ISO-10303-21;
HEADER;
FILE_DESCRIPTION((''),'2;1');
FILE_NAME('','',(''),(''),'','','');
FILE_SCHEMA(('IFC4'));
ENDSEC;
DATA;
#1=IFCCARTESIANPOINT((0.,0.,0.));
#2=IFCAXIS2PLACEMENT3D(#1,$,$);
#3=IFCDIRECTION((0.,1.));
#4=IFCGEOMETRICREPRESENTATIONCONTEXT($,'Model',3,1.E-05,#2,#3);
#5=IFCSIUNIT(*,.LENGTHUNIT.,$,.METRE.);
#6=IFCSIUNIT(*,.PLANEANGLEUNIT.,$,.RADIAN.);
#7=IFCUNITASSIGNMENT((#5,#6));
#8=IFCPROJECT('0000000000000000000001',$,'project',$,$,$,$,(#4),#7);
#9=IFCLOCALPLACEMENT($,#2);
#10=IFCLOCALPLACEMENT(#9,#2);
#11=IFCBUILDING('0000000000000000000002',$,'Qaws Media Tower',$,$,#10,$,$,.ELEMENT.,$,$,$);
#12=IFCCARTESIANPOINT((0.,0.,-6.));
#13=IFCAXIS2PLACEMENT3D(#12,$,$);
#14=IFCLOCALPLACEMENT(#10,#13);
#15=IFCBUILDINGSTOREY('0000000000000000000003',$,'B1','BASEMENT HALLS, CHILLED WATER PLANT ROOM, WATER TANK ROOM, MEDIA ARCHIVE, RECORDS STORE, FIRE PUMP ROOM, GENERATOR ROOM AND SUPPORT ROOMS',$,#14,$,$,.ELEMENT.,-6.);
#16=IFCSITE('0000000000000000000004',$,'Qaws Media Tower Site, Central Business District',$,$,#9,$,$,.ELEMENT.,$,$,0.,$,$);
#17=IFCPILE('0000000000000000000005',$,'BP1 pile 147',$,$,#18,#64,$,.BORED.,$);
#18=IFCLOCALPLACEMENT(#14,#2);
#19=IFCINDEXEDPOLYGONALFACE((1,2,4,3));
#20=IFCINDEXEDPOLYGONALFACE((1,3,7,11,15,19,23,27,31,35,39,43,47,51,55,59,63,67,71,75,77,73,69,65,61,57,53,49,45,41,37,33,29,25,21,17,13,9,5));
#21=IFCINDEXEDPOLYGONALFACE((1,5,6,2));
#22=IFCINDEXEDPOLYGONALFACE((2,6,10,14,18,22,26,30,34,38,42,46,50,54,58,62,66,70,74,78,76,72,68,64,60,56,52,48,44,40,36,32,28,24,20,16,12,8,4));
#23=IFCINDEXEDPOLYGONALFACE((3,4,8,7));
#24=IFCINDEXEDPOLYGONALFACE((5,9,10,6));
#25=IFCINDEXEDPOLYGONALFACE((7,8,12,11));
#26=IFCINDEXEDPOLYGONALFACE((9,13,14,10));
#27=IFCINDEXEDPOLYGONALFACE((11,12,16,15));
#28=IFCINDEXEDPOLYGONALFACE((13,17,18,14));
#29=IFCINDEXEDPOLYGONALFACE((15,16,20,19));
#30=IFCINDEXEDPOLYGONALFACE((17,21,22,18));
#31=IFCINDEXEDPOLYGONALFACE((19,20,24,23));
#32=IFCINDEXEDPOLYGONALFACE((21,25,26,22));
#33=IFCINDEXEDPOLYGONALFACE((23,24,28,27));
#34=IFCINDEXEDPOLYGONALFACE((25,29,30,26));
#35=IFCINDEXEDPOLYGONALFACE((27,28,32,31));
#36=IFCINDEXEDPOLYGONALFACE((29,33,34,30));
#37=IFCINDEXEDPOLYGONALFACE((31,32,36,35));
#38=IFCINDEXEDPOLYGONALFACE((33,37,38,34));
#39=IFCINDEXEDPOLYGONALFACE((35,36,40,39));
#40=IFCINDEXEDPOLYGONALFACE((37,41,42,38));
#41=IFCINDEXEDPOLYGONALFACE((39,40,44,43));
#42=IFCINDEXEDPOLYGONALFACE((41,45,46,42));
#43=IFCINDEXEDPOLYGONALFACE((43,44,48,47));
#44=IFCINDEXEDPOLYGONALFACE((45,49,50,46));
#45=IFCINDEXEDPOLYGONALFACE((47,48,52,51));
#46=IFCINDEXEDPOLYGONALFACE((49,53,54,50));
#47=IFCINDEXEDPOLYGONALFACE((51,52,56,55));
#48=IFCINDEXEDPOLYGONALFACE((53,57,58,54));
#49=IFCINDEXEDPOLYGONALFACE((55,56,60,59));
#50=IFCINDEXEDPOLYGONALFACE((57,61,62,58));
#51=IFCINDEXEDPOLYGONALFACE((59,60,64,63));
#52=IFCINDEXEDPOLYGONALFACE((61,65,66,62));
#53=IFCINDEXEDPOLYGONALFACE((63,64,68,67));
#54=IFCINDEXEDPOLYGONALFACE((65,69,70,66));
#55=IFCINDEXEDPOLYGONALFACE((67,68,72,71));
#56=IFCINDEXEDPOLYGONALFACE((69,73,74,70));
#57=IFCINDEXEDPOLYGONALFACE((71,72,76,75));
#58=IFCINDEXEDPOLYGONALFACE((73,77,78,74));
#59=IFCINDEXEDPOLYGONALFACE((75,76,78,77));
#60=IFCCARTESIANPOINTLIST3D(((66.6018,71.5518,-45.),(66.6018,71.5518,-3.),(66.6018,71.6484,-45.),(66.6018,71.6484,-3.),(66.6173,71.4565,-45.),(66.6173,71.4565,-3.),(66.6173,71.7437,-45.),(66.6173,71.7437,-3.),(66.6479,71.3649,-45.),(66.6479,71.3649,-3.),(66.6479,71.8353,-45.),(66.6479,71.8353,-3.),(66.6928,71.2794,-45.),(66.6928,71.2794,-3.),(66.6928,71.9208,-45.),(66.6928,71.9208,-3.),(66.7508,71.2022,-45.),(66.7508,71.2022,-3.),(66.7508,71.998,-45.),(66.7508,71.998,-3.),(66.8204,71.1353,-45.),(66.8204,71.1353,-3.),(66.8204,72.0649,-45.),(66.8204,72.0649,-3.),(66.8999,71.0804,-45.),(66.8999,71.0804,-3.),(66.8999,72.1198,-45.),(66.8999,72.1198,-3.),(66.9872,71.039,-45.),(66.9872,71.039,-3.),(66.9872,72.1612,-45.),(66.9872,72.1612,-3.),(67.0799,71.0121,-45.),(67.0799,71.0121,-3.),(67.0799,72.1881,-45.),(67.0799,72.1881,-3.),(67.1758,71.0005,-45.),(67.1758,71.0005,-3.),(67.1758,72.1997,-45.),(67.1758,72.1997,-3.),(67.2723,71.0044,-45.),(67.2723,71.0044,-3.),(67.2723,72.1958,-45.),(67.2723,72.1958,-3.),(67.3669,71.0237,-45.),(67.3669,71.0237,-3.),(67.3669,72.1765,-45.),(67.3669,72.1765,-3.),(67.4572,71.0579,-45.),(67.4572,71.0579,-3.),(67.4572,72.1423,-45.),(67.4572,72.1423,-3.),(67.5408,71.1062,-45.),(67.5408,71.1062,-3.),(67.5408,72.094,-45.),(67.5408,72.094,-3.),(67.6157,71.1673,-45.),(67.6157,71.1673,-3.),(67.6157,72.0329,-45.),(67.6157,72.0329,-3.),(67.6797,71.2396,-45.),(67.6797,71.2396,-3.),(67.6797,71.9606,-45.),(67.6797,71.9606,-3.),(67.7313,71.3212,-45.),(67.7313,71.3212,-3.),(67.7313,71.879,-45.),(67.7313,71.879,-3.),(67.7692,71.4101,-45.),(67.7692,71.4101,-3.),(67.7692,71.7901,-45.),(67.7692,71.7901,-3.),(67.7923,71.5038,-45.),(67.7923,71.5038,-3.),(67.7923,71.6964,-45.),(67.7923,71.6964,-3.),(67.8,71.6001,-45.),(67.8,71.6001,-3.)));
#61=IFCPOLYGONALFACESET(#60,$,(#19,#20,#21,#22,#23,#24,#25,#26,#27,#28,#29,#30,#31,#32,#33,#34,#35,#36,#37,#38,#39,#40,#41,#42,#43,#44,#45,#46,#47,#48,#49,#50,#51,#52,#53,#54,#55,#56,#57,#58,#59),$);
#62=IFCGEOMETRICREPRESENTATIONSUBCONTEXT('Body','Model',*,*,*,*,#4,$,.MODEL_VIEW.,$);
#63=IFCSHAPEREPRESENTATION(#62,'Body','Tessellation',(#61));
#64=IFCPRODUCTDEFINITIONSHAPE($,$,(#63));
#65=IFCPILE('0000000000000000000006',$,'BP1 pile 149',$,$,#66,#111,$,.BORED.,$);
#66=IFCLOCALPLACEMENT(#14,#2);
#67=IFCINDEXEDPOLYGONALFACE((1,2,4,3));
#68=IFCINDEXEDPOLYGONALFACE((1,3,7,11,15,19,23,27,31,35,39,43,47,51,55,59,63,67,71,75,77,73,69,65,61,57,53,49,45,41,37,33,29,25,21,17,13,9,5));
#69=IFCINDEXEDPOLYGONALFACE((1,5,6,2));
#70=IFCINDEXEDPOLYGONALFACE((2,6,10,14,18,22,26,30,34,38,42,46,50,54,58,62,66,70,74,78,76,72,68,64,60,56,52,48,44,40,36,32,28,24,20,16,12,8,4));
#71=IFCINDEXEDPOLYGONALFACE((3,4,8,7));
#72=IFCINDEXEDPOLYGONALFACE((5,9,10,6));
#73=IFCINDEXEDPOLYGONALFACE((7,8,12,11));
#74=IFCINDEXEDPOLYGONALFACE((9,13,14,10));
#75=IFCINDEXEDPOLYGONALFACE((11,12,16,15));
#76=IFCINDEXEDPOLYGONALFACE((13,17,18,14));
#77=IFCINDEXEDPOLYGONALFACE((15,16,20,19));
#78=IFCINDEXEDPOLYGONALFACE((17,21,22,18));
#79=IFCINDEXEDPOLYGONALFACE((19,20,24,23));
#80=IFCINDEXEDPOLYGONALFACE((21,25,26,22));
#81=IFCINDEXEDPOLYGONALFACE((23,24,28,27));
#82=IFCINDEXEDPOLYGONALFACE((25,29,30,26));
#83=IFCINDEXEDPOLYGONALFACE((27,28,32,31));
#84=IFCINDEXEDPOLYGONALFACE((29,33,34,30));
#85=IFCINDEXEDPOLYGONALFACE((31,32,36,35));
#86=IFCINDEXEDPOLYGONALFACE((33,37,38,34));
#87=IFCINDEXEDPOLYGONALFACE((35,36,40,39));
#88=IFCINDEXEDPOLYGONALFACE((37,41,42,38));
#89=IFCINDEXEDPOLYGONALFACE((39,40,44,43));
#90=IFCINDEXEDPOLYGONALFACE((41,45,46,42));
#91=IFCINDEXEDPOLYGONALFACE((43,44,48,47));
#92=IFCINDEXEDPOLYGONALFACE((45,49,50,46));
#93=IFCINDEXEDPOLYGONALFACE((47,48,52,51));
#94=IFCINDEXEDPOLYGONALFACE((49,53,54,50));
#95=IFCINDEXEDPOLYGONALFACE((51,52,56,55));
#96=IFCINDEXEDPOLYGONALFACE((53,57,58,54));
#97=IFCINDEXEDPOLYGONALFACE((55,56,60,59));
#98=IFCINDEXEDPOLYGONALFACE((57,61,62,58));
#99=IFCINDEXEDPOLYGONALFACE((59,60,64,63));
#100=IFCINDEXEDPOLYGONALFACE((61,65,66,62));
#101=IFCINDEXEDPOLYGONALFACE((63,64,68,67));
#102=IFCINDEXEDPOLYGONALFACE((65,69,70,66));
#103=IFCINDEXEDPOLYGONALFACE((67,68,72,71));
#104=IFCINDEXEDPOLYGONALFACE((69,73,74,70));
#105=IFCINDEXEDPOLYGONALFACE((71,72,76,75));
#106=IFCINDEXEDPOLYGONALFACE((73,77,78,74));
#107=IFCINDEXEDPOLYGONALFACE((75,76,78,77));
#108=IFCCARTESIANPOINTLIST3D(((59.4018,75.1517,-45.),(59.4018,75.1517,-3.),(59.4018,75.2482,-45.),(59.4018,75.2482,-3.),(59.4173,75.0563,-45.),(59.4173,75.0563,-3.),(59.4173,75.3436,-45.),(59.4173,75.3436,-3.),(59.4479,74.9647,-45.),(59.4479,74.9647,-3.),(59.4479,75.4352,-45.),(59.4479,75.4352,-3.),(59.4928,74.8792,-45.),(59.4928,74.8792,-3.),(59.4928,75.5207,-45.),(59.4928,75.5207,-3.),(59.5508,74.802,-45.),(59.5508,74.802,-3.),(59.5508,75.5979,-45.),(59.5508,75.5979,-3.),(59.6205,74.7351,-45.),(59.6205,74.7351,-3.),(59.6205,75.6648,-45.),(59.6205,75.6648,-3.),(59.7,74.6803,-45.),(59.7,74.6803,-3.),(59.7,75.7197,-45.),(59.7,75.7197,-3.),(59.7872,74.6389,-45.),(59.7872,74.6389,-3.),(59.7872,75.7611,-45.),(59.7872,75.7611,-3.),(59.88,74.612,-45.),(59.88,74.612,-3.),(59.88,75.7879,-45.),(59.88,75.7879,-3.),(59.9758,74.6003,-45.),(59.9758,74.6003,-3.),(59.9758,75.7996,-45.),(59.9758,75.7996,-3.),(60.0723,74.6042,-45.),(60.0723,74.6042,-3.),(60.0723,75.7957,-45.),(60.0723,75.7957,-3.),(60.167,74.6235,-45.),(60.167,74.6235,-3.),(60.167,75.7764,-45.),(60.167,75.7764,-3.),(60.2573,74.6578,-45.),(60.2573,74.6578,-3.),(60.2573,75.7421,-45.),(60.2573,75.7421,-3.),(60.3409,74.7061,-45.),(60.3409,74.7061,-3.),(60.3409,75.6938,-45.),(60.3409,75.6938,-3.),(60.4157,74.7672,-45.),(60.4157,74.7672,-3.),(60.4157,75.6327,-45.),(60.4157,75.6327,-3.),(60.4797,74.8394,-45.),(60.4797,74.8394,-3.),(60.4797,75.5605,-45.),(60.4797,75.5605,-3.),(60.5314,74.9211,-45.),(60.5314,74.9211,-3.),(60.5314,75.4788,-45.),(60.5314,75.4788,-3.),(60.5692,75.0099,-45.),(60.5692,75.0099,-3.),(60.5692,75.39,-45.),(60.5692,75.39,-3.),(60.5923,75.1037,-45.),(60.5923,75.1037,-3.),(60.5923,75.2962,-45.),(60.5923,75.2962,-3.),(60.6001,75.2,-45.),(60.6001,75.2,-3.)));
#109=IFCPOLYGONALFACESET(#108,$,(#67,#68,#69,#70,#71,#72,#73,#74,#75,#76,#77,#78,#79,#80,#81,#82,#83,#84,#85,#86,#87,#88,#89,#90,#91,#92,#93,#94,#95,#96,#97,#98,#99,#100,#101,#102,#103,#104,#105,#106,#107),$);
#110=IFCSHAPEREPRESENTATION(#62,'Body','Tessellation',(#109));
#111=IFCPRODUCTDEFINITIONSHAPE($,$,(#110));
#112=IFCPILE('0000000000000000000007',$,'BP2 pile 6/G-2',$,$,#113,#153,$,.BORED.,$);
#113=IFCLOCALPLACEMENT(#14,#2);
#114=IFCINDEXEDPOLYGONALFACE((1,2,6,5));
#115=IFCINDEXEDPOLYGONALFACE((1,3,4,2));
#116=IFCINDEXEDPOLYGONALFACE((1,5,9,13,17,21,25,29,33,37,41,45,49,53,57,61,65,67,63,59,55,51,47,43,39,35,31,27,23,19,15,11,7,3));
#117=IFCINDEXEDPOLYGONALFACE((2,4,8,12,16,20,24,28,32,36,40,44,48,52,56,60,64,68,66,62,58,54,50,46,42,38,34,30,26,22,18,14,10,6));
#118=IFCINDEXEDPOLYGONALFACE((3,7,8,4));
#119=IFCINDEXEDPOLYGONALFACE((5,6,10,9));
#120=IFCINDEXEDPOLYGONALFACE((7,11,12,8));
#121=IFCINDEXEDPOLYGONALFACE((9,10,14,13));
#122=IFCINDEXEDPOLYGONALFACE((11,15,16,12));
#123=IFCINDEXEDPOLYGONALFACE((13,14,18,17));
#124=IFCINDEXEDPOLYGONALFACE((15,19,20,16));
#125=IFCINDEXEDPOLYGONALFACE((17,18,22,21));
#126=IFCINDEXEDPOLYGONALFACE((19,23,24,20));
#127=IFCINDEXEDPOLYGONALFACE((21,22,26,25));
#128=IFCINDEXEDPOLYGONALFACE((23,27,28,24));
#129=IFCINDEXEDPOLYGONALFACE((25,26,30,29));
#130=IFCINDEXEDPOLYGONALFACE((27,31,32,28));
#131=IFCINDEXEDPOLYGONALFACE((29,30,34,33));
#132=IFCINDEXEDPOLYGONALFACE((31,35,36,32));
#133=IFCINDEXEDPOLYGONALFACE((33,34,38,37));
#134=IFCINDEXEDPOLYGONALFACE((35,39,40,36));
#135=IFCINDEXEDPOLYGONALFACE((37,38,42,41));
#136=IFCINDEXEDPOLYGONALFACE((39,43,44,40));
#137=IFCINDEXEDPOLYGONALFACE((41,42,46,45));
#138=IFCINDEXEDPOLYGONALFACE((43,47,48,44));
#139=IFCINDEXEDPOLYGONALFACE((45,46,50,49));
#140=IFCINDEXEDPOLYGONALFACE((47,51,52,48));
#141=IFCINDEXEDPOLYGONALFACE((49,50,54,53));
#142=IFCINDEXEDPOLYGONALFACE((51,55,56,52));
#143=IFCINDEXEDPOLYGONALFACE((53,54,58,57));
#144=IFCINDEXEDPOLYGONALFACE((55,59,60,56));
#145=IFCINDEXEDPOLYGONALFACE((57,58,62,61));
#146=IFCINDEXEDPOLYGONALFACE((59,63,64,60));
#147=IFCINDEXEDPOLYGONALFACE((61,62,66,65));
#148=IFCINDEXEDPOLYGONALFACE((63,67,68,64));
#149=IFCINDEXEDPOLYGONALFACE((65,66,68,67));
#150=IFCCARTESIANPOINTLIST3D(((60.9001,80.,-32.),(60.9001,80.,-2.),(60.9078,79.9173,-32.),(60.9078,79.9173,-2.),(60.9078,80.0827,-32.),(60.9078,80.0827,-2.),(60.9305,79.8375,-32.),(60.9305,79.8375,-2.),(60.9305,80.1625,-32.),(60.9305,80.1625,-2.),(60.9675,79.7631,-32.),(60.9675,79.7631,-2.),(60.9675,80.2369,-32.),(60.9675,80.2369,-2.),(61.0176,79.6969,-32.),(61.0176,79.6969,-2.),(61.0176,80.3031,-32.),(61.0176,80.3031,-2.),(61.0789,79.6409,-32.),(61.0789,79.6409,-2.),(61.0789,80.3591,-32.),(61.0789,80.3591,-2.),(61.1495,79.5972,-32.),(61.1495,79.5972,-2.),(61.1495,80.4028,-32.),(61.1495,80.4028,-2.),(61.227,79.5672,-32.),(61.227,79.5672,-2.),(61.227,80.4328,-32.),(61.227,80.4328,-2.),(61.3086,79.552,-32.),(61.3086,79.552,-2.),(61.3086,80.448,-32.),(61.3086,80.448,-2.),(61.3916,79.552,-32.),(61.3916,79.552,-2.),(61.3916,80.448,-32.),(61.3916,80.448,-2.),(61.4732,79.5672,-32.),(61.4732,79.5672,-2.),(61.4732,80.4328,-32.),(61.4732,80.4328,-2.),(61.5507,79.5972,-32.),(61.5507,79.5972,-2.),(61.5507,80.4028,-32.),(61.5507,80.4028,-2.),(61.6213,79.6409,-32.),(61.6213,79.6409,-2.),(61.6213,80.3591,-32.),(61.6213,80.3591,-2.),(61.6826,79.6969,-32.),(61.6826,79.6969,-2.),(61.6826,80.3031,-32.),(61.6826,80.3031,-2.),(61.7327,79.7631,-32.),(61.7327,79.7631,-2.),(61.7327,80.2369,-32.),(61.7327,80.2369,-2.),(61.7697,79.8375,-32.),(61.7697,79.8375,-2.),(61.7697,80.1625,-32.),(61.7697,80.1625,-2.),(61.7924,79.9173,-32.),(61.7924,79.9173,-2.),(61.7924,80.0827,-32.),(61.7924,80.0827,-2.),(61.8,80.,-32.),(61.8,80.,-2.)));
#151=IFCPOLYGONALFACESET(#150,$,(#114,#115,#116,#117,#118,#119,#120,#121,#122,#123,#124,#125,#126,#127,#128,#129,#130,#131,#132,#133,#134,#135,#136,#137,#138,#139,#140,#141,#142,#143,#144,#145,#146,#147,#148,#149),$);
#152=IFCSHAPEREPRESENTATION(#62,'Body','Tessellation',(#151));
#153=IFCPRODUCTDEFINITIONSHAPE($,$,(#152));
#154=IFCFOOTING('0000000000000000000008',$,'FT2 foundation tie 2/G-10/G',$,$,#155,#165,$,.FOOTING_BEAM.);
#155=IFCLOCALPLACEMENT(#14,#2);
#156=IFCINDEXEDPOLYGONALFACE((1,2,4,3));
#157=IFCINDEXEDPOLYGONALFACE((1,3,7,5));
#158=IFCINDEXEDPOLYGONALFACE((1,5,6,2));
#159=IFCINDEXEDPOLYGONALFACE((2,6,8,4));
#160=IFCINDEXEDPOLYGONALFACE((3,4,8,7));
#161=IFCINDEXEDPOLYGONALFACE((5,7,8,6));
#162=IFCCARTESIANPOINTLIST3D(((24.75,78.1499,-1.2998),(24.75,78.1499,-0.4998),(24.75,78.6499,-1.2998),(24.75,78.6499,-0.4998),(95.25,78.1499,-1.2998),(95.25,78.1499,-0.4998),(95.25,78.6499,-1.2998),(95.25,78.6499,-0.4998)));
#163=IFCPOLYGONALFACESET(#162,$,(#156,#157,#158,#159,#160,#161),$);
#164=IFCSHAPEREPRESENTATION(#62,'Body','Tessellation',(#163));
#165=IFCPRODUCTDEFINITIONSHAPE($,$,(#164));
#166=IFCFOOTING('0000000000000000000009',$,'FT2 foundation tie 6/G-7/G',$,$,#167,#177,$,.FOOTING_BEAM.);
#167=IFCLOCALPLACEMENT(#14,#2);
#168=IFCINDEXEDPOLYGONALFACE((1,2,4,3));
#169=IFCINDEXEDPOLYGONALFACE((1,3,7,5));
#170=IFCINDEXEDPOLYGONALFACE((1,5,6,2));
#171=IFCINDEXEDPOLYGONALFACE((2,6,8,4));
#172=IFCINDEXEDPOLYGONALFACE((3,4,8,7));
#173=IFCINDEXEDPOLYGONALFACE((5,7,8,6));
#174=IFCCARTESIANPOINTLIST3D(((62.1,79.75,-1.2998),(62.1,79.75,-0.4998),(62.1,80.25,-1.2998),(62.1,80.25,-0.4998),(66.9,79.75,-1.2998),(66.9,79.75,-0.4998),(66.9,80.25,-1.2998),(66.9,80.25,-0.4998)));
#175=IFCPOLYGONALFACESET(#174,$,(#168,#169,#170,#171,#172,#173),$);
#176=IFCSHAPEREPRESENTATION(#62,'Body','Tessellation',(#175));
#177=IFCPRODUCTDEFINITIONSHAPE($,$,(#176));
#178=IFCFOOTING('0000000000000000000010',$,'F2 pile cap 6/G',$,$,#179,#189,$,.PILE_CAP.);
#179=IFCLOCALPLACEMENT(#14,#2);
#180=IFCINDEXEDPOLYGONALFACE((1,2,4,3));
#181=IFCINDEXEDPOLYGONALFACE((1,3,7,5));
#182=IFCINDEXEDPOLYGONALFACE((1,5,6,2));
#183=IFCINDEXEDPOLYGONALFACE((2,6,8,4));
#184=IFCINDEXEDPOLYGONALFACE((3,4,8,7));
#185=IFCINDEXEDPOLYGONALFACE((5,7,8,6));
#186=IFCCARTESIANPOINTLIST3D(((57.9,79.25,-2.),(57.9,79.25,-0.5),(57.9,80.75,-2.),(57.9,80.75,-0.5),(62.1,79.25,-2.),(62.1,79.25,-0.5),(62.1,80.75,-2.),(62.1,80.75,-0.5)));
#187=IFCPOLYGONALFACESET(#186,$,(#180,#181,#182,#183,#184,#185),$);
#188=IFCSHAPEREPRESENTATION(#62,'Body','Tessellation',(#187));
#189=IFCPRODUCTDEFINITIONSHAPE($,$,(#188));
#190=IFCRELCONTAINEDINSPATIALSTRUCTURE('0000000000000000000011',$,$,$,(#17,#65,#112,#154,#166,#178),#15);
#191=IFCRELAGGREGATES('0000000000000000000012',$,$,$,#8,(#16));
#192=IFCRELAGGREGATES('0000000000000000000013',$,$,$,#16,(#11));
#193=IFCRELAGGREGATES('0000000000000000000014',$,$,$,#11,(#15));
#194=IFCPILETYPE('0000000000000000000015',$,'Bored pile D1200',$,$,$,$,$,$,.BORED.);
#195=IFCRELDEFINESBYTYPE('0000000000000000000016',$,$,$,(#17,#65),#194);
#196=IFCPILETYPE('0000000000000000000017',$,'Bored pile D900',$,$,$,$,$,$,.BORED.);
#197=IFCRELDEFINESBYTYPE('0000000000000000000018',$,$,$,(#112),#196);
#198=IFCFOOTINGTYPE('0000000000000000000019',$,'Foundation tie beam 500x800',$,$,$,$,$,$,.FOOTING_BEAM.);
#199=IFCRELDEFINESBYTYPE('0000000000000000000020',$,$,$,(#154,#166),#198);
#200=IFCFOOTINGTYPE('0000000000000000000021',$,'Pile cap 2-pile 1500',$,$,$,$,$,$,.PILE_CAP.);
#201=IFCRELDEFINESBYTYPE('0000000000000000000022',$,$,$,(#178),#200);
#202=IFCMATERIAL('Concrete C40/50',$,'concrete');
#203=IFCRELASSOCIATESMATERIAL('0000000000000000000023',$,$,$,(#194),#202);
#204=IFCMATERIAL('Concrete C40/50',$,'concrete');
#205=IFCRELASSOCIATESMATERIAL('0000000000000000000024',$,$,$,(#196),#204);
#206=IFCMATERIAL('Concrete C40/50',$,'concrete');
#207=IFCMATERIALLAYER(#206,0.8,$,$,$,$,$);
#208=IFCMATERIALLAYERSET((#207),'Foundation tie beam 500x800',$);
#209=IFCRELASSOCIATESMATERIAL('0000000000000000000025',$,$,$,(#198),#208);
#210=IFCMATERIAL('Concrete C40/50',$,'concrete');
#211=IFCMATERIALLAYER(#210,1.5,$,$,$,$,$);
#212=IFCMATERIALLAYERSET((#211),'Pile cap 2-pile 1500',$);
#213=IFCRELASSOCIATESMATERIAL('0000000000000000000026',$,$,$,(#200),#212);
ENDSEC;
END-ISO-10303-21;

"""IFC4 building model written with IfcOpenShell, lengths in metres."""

from ifc_helpers import new_model, si_unit, direction, frame, origin, origin_2d, place, context, subcontext, project, spatial, rectangle, circle, extrude, material, layer, layer_set, material_profile, profile_set, type_object, element, save


model = new_model("IFC4")

# Units and contexts
model_context = context("Model", 3, precision=1e-05, world=origin(), true_north=direction((0.0, 1.0)))
body_context = subcontext(model_context, "Body", "Model", "MODEL_VIEW")
ifc_project = project(units=[si_unit("LENGTHUNIT", "METRE"), si_unit("PLANEANGLEUNIT", "RADIAN")], contexts=[model_context])

# Site, building, storey
site_placement = place(None, origin())
site = spatial("IfcSite", under=ifc_project, at=site_placement, Name="Qaws Media Tower Site, Central Business District", CompositionType="ELEMENT", RefElevation=0.0)
building_placement = place(site_placement, origin())
building = spatial("IfcBuilding", under=site, at=building_placement, Name="Qaws Media Tower", CompositionType="ELEMENT")
storey_placement = place(building_placement, frame((0.0, 0.0, -6.0)))
storey = spatial("IfcBuildingStorey", under=building, at=storey_placement, Name="B1", Description="BASEMENT HALLS, CHILLED WATER PLANT ROOM, WATER TANK ROOM, MEDIA ARCHIVE, RECORDS STORE, FIRE PUMP ROOM, GENERATOR ROOM AND SUPPORT ROOMS", CompositionType="ELEMENT", Elevation=-6.0)

# Piles
ifc_material_1 = material(Name="Concrete C40/50", Category="concrete")
ifc_material_profile_1 = material_profile(ifc_material_1, circle(Radius=0.6001, at=origin_2d()), Name="D1200")
ifc_profile_set_1 = profile_set([ifc_material_profile_1], Name="Concrete C40/50")
pile_type_1 = type_object("IfcPileType", Name="Bored pile D1200", PredefinedType="BORED", material=ifc_profile_set_1)
for number, where, z_axis, x_axis, name in (
    (1, (67.2, 71.6001, -3.0), (0.0, 0.0, -1.0), (1.0, 0.0, 0.0), "BP1 pile 147"),
    (2, (60.0, 75.2, -3.0), (0.0, 0.0, -1.0), (1.0, 0.0, 0.0), "BP1 pile 149"),
):
    element("IfcPile", number, at=place(storey_placement, frame(where, z_axis=z_axis, x_axis=x_axis)), inside=storey, type_object=pile_type_1, Name=name, PredefinedType="BORED", context=body_context, shape_type="SweptSolid", body=[
        extrude(circle(Radius=0.6001, at=origin_2d()), origin(), (0.0, 0.0, 1.0), 42.0),
    ])
ifc_material_2 = material(Name="Concrete C40/50", Category="concrete")
ifc_material_profile_2 = material_profile(ifc_material_2, circle(Radius=0.45, at=origin_2d()), Name="D900")
ifc_profile_set_2 = profile_set([ifc_material_profile_2], Name="Concrete C40/50")
pile_type_2 = type_object("IfcPileType", Name="Bored pile D900", PredefinedType="BORED", material=ifc_profile_set_2)
pile_placement = place(storey_placement, frame((61.3501, 80.0, -2.0), z_axis=(0.0, 0.0, -1.0), x_axis=(1.0, 0.0, 0.0)))
element("IfcPile", 3, at=pile_placement, inside=storey, type_object=pile_type_2, Name="BP2 pile 6/G-2", PredefinedType="BORED", context=body_context, shape_type="SweptSolid", body=[
    extrude(circle(Radius=0.45, at=origin_2d()), origin(), (0.0, 0.0, 1.0), 30.0),
])

# Footings
ifc_material_3 = material(Name="Concrete C40/50", Category="concrete")
ifc_layer_1 = layer(ifc_material_3, 0.8)
ifc_layer_set_1 = layer_set([ifc_layer_1], Name="Foundation tie beam 500x800")
footing_type_1 = type_object("IfcFootingType", Name="Foundation tie beam 500x800", PredefinedType="FOOTING_BEAM", material=ifc_layer_set_1)
footing_1_placement = place(storey_placement, frame((60.0, 78.3999, -1.2998), z_axis=(0.0, 0.0, 1.0), x_axis=(1.0, 0.0, 0.0)))
element("IfcFooting", 4, at=footing_1_placement, inside=storey, type_object=footing_type_1, Name="FT2 foundation tie 2/G-10/G", PredefinedType="FOOTING_BEAM", context=body_context, shape_type="SweptSolid", body=[
    extrude(rectangle(XDim=70.5, YDim=0.5, at=origin_2d()), origin(), (0.0, 0.0, 1.0), 0.8),
])
footing_2_placement = place(storey_placement, frame((64.5, 80.0, -1.2998), z_axis=(0.0, 0.0, 1.0), x_axis=(1.0, 0.0, 0.0)))
element("IfcFooting", 5, at=footing_2_placement, inside=storey, type_object=footing_type_1, Name="FT2 foundation tie 6/G-7/G", PredefinedType="FOOTING_BEAM", context=body_context, shape_type="SweptSolid", body=[
    extrude(rectangle(XDim=4.8, YDim=0.5, at=origin_2d()), origin(), (0.0, 0.0, 1.0), 0.8),
])
ifc_material_4 = material(Name="Concrete C40/50", Category="concrete")
ifc_layer_2 = layer(ifc_material_4, 1.5)
ifc_layer_set_2 = layer_set([ifc_layer_2], Name="Pile cap 2-pile 1500")
footing_type_2 = type_object("IfcFootingType", Name="Pile cap 2-pile 1500", PredefinedType="PILE_CAP", material=ifc_layer_set_2)
footing_3_placement = place(storey_placement, frame((60.0, 80.0, -2.0), z_axis=(0.0, 0.0, 1.0), x_axis=(1.0, 0.0, 0.0)))
element("IfcFooting", 6, at=footing_3_placement, inside=storey, type_object=footing_type_2, Name="F2 pile cap 6/G", PredefinedType="PILE_CAP", context=body_context, shape_type="SweptSolid", body=[
    extrude(rectangle(XDim=4.2, YDim=1.5, at=origin_2d()), origin(), (0.0, 0.0, 1.0), 1.5),
])

save(model, "model.ifc")
